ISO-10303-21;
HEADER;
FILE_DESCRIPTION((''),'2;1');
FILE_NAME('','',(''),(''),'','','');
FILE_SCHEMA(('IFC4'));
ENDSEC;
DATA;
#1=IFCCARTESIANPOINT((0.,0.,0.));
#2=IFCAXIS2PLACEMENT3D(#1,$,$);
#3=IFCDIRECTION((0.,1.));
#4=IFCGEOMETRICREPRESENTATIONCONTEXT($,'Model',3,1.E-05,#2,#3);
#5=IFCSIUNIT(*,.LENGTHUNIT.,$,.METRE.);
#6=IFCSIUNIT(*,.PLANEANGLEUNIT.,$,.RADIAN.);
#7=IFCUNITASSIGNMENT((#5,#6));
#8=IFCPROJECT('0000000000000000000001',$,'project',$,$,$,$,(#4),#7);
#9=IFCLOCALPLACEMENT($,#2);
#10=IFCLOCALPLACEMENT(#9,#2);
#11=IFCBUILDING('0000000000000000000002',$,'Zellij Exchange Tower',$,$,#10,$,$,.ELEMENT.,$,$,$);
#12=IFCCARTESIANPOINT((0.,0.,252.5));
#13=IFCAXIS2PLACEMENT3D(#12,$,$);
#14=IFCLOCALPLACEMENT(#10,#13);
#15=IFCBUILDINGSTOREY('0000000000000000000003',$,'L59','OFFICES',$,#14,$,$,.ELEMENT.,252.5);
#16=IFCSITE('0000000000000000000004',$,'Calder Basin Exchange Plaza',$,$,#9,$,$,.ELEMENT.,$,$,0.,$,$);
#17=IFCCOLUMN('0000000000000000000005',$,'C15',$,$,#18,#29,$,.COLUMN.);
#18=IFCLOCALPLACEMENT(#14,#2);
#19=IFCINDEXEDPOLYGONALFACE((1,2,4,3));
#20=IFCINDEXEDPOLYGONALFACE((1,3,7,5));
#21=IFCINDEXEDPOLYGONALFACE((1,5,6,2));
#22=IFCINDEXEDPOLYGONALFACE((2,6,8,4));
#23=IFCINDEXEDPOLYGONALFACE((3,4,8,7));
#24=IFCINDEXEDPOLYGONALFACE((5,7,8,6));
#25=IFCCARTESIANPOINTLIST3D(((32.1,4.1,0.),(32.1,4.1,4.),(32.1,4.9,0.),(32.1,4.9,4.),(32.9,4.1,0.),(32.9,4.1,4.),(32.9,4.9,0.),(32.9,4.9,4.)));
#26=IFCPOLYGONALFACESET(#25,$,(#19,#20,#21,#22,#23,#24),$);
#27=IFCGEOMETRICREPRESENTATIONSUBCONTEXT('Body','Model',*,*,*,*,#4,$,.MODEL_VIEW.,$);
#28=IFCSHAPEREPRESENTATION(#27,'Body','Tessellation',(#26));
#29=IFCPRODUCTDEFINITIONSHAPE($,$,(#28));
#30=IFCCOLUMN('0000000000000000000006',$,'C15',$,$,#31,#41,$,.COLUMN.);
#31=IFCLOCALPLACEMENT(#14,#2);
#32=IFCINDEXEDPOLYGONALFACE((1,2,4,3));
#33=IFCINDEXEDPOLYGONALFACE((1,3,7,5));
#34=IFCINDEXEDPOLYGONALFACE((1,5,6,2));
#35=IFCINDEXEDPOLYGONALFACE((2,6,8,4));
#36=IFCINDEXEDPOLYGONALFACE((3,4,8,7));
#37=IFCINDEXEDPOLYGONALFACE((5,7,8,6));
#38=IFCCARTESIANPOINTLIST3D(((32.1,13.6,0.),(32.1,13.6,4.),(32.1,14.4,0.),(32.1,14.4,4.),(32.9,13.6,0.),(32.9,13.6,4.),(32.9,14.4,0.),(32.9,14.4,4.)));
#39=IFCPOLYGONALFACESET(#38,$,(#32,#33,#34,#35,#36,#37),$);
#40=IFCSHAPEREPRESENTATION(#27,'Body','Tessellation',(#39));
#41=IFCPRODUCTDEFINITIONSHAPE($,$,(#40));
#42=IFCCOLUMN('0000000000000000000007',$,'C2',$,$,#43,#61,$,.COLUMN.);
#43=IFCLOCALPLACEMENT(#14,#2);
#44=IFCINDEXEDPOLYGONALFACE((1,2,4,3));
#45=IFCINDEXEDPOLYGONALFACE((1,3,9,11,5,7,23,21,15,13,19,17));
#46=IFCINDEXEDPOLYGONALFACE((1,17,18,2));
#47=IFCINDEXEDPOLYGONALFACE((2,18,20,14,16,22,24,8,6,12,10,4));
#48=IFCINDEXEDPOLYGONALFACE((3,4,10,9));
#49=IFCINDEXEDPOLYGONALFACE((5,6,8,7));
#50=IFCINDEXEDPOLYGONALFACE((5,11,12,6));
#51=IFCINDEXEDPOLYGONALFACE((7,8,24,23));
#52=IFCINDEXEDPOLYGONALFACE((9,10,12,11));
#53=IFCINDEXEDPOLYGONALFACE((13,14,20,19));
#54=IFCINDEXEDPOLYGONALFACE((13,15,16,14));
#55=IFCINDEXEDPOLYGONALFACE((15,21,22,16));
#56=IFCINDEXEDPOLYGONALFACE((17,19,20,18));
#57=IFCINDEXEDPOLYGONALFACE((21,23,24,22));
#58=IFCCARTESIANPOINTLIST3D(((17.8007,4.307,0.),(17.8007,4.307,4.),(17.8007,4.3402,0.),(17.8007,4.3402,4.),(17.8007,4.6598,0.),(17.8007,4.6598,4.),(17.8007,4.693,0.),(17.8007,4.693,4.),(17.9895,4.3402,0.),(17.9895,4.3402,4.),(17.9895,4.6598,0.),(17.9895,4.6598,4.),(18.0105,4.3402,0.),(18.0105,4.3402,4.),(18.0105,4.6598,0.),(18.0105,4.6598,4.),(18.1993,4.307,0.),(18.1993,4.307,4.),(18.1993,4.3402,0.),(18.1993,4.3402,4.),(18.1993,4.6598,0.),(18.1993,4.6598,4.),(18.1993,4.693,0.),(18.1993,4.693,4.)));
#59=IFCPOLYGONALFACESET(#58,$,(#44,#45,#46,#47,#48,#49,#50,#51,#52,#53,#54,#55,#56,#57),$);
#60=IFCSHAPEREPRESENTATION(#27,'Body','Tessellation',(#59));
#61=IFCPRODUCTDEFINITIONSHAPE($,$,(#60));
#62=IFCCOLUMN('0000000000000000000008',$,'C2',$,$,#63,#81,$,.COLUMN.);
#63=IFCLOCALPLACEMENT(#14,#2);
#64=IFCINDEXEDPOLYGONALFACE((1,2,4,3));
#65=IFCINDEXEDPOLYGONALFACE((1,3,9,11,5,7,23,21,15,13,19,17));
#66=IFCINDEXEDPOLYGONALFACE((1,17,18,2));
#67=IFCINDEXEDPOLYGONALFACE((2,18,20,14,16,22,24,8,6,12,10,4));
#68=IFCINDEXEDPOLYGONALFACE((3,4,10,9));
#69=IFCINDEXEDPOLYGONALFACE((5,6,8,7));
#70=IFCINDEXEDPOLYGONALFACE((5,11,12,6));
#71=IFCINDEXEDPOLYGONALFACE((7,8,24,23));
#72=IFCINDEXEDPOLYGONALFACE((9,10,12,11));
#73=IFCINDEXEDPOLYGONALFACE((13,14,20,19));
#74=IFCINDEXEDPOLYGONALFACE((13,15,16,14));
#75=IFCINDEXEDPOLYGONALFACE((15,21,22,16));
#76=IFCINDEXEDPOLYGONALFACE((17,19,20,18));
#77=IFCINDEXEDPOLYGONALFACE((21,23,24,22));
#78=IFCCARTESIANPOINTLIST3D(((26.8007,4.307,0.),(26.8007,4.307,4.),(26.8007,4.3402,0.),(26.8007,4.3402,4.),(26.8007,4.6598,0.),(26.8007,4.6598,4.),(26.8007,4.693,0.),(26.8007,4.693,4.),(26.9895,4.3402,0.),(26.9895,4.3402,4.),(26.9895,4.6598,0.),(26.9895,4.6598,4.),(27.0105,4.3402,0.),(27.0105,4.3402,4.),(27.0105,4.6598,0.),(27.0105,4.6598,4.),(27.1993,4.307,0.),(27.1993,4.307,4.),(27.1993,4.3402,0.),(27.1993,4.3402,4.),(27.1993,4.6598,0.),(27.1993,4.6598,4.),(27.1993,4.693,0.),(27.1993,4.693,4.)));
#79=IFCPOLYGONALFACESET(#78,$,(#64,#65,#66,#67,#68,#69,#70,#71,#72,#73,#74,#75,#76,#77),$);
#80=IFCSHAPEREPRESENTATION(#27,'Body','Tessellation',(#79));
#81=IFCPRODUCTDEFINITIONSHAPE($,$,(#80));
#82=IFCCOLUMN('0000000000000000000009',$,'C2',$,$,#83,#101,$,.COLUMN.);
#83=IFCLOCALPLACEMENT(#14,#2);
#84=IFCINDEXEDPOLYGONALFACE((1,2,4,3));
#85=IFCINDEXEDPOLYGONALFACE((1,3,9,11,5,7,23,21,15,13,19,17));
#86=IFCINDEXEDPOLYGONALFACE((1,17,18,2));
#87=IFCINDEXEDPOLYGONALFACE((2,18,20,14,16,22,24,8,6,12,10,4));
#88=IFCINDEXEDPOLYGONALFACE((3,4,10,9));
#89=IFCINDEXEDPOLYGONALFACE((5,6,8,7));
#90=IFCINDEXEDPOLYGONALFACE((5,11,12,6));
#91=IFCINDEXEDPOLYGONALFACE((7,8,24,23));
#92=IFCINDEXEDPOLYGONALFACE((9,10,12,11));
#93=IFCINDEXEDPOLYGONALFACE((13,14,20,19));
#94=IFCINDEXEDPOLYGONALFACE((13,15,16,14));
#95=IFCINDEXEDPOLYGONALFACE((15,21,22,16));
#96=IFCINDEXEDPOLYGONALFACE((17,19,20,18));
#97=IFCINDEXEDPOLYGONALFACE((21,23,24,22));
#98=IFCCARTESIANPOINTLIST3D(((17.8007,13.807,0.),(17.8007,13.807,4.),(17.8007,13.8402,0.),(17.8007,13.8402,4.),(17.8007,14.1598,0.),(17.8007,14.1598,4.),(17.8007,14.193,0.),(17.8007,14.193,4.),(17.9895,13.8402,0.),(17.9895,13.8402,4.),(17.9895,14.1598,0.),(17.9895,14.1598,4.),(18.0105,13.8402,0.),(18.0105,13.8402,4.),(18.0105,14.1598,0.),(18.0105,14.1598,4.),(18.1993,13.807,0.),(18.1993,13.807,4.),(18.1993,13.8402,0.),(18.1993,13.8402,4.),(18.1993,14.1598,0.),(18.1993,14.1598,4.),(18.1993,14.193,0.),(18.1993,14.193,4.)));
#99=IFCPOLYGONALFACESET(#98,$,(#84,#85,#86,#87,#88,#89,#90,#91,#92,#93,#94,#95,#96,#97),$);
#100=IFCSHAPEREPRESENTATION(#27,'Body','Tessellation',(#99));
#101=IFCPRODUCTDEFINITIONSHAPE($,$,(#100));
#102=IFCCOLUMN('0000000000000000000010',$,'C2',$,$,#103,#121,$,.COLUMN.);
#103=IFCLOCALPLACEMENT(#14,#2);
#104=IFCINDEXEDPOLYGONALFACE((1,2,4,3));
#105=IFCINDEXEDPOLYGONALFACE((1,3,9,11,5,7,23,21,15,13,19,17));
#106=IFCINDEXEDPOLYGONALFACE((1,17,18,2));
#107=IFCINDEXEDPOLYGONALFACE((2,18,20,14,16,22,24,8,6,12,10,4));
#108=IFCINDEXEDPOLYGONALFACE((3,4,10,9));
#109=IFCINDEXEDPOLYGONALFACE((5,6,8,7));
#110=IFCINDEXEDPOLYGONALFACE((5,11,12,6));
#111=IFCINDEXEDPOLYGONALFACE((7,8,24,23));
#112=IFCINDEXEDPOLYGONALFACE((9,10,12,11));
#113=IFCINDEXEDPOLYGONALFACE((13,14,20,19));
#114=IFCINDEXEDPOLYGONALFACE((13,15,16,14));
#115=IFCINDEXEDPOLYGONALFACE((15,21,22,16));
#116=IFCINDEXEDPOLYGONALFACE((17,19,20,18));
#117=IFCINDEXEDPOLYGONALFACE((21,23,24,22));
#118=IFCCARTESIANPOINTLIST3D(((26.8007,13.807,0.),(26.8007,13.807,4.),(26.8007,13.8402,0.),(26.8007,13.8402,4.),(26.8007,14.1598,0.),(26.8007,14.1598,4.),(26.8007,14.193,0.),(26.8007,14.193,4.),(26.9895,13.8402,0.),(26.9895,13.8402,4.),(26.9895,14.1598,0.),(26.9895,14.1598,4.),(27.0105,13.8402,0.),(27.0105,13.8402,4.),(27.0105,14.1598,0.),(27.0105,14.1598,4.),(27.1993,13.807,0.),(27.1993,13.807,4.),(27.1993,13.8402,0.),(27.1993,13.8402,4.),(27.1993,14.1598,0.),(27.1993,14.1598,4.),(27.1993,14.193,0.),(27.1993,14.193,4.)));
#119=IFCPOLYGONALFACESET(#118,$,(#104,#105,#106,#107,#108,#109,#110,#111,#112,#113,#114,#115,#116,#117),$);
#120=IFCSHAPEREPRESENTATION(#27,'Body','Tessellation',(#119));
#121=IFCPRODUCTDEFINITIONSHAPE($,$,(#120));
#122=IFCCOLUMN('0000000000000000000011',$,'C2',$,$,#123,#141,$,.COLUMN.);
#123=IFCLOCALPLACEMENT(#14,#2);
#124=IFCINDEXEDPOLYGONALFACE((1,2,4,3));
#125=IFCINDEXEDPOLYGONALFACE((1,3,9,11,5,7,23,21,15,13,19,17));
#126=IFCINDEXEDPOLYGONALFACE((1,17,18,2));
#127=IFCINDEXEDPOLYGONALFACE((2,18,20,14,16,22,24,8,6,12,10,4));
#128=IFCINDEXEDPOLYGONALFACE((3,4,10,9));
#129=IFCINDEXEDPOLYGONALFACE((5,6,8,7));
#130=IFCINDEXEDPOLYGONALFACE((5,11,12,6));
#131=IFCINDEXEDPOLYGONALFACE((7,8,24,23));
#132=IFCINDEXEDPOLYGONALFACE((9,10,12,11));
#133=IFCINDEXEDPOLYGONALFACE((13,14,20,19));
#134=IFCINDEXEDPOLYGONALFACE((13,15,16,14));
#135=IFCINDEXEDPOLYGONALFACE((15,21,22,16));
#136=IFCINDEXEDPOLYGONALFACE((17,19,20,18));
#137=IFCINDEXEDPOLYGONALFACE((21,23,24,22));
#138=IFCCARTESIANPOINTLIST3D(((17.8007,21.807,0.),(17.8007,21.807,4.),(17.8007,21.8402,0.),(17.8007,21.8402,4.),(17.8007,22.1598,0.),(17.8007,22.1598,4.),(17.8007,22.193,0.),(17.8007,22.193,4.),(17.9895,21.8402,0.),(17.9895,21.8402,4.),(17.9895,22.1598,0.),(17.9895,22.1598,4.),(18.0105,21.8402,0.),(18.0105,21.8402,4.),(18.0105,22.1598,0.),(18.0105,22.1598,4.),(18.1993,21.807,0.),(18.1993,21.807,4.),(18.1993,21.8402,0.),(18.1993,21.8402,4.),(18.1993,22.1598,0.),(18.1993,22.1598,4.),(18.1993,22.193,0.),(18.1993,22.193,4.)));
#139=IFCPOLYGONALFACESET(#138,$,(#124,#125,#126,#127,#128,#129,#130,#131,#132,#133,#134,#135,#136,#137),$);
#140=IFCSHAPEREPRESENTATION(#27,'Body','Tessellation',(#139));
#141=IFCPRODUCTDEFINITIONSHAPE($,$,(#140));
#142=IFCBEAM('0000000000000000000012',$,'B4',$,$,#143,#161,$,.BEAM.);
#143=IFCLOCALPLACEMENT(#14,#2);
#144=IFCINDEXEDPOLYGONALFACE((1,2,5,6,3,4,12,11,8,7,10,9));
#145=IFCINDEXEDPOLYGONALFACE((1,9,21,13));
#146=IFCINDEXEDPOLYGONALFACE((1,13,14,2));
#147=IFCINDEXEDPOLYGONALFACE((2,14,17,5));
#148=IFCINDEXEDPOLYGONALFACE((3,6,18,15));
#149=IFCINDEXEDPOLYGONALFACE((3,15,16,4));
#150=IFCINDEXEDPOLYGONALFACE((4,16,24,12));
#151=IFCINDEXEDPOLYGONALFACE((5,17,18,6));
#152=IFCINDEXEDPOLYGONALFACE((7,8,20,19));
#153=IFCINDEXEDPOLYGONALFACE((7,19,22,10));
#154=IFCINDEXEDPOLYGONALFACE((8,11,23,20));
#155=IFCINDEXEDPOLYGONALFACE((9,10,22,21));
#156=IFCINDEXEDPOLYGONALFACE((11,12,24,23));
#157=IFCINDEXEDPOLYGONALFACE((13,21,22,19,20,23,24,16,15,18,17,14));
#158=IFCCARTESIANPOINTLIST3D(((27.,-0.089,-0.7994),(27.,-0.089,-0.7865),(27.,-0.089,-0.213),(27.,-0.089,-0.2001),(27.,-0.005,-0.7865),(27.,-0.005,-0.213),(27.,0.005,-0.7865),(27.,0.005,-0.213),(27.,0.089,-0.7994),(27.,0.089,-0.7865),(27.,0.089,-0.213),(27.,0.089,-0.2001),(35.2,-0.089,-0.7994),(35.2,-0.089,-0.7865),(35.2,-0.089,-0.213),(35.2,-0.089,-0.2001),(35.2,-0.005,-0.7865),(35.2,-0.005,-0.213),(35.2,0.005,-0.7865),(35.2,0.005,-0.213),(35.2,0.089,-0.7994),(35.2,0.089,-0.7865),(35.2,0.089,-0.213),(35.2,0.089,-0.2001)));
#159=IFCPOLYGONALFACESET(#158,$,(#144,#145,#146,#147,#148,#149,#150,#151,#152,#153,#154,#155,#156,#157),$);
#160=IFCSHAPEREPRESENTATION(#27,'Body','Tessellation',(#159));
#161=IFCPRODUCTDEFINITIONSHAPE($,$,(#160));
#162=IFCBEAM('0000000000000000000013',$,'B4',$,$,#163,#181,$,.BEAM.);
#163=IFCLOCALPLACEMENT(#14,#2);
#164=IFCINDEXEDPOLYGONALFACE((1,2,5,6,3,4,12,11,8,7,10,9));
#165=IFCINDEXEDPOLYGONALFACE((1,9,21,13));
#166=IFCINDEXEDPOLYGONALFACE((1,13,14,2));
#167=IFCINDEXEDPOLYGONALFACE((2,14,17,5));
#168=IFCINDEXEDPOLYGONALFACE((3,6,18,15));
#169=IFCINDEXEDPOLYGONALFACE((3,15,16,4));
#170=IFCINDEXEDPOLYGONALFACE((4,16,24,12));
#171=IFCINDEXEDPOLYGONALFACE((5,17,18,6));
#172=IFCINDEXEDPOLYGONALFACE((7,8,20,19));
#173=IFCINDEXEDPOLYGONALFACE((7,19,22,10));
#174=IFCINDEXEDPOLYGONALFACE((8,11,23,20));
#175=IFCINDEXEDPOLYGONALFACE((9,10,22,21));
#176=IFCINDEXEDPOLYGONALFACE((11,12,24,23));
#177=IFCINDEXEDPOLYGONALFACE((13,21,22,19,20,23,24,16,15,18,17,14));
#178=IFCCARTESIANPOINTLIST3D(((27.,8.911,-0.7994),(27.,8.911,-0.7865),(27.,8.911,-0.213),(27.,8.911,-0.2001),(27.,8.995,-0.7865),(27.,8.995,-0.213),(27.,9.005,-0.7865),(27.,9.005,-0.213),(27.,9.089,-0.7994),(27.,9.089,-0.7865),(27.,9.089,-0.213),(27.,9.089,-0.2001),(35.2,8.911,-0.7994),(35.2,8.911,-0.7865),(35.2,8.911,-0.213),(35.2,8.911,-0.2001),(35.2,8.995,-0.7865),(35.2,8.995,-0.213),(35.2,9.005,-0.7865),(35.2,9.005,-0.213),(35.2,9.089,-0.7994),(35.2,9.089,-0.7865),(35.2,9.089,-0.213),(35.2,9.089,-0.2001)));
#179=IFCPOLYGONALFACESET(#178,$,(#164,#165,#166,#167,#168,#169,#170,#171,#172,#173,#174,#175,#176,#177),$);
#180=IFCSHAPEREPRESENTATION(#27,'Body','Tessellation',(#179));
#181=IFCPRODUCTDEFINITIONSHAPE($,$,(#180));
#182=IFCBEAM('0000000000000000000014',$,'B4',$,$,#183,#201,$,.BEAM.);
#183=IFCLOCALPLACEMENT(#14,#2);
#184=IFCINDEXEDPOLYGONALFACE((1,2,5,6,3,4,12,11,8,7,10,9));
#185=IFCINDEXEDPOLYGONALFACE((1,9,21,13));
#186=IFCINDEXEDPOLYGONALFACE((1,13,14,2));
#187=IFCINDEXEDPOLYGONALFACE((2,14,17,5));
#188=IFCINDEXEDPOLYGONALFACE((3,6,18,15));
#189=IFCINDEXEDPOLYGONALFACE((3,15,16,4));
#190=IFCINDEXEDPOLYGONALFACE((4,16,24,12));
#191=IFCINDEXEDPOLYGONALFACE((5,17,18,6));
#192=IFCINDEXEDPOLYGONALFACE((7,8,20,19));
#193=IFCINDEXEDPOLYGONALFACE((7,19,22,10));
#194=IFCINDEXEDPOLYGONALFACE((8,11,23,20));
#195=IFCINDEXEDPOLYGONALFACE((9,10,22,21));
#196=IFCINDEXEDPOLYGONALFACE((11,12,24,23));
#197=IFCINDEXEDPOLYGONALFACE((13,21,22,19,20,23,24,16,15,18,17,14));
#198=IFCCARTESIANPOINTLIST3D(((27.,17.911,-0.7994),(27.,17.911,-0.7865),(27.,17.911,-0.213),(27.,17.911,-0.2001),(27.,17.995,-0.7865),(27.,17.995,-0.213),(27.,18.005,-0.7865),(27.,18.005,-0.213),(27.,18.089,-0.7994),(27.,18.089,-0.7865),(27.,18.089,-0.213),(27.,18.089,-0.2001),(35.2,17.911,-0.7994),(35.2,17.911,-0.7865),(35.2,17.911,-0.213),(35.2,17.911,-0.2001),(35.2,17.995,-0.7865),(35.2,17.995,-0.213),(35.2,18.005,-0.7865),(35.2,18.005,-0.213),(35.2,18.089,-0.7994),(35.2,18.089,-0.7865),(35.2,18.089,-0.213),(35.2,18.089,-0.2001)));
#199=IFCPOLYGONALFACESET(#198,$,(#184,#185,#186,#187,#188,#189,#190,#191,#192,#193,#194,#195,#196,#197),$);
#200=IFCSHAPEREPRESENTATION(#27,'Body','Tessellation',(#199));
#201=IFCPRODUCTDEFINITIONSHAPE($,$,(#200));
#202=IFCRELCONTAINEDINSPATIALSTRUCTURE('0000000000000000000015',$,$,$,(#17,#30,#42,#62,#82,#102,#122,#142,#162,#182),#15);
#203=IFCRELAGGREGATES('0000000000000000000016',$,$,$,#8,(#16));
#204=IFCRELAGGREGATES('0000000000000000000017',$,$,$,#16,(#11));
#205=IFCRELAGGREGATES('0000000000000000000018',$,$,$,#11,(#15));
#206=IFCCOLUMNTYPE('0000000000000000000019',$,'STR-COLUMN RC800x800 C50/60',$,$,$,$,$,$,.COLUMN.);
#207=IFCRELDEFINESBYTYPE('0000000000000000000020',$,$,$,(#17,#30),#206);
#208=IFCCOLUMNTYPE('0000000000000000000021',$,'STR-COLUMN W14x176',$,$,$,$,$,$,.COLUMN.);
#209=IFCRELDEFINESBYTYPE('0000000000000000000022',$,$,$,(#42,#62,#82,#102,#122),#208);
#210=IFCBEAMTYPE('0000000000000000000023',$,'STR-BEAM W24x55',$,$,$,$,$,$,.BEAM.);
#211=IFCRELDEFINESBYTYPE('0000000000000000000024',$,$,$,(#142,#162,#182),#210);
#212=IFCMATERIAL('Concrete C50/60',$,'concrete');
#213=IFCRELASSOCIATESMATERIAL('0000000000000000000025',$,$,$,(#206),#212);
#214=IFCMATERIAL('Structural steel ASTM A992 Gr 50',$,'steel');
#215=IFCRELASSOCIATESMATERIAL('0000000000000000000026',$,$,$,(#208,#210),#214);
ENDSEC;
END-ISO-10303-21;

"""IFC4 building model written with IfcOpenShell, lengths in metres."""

from ifc_helpers import new_model, si_unit, direction, frame, origin, origin_2d, place, context, subcontext, project, spatial, rectangle, i_section, extrude, material, material_profile, profile_set, type_object, element, save


model = new_model("IFC4")

# Units and contexts
model_context = context("Model", 3, precision=1e-05, world=origin(), true_north=direction((0.0, 1.0)))
body_context = subcontext(model_context, "Body", "Model", "MODEL_VIEW")
ifc_project = project(units=[si_unit("LENGTHUNIT", "METRE"), si_unit("PLANEANGLEUNIT", "RADIAN")], contexts=[model_context])

# Site, building, storey
site_placement = place(None, origin())
site = spatial("IfcSite", under=ifc_project, at=site_placement, Name="Calder Basin Exchange Plaza", CompositionType="ELEMENT", RefElevation=0.0)
building_placement = place(site_placement, origin())
building = spatial("IfcBuilding", under=site, at=building_placement, Name="Zellij Exchange Tower", CompositionType="ELEMENT")
storey_placement = place(building_placement, frame((0.0, 0.0, 252.5)))
storey = spatial("IfcBuildingStorey", under=building, at=storey_placement, Name="L59", Description="OFFICES", CompositionType="ELEMENT", Elevation=252.5)

# Columns
ifc_material_1 = material(Name="Concrete C50/60", Category="concrete")
ifc_material_profile_1 = material_profile(ifc_material_1, rectangle(XDim=0.8, YDim=0.8, at=origin_2d()), Name="STR-COLUMN RC800x800 C50/60")
ifc_profile_set_1 = profile_set([ifc_material_profile_1], Name="Concrete C50/60")
column_type_1 = type_object("IfcColumnType", Name="STR-COLUMN RC800x800 C50/60", PredefinedType="COLUMN", material=ifc_profile_set_1)
for number, where, z_axis, x_axis, name in (
    (1, (32.5, 4.5, 0.0), (0.0, 0.0, 1.0), (1.0, 0.0, 0.0), "C15"),
    (2, (32.5, 14.0, 0.0), (0.0, 0.0, 1.0), (1.0, 0.0, 0.0), "C15"),
):
    element("IfcColumn", number, at=place(storey_placement, frame(where, z_axis=z_axis, x_axis=x_axis)), inside=storey, type_object=column_type_1, Name=name, PredefinedType="COLUMN", context=body_context, shape_type="SweptSolid", body=[
        extrude(rectangle(XDim=0.8, YDim=0.8, at=origin_2d()), origin(), (0.0, 0.0, 1.0), 4.0),
    ])
ifc_material_2 = material(Name="Structural steel ASTM A992 Gr 50", Category="steel")
ifc_material_profile_2 = material_profile(ifc_material_2, i_section(OverallWidth=0.3987, OverallDepth=0.386, WebThickness=0.021, FlangeThickness=0.0332, at=origin_2d()), Name="W14x176")
ifc_profile_set_2 = profile_set([ifc_material_profile_2], Name="Structural steel ASTM A992 Gr 50")
column_type_2 = type_object("IfcColumnType", Name="STR-COLUMN W14x176", PredefinedType="COLUMN", material=ifc_profile_set_2)
for number, where, z_axis, x_axis, name in (
    (3, (18.0, 4.5, 0.0), (0.0, 0.0, 1.0), (1.0, 0.0, 0.0), "C2"),
    (4, (27.0, 4.5, 0.0), (0.0, 0.0, 1.0), (1.0, 0.0, 0.0), "C2"),
    (5, (18.0, 14.0, 0.0), (0.0, 0.0, 1.0), (1.0, 0.0, 0.0), "C2"),
    (6, (27.0, 14.0, 0.0), (0.0, 0.0, 1.0), (1.0, 0.0, 0.0), "C2"),
    (7, (18.0, 22.0, 0.0), (0.0, 0.0, 1.0), (1.0, 0.0, 0.0), "C2"),
):
    element("IfcColumn", number, at=place(storey_placement, frame(where, z_axis=z_axis, x_axis=x_axis)), inside=storey, type_object=column_type_2, Name=name, PredefinedType="COLUMN", context=body_context, shape_type="SweptSolid", body=[
        extrude(i_section(OverallWidth=0.3987, OverallDepth=0.386, WebThickness=0.021, FlangeThickness=0.0332, at=origin_2d()), origin(), (0.0, 0.0, 1.0), 4.0),
    ])

# Beams
ifc_material_profile_3 = material_profile(ifc_material_2, i_section(OverallWidth=0.178, OverallDepth=0.5994, WebThickness=0.01, FlangeThickness=0.0129, at=origin_2d()), Name="W24x55")
ifc_profile_set_3 = profile_set([ifc_material_profile_3], Name="Structural steel ASTM A992 Gr 50")
beam_type_1 = type_object("IfcBeamType", Name="STR-BEAM W24x55", PredefinedType="BEAM", material=ifc_profile_set_3)
for number, where, z_axis, x_axis, name in (
    (8, (27.0, 0.0, -0.4998), (1.0, 0.0, 0.0), (0.0, 1.0, 0.0), "B4"),
    (9, (27.0, 9.0, -0.4998), (1.0, 0.0, 0.0), (0.0, 1.0, 0.0), "B4"),
    (10, (27.0, 18.0, -0.4998), (1.0, 0.0, 0.0), (0.0, 1.0, 0.0), "B4"),
):
    element("IfcBeam", number, at=place(storey_placement, frame(where, z_axis=z_axis, x_axis=x_axis)), inside=storey, type_object=beam_type_1, Name=name, PredefinedType="BEAM", context=body_context, shape_type="SweptSolid", body=[
        extrude(i_section(OverallWidth=0.178, OverallDepth=0.5994, WebThickness=0.01, FlangeThickness=0.0129, at=origin_2d()), origin(), (0.0, 0.0, 1.0), 8.2),
    ])

save(model, "model.ifc")
